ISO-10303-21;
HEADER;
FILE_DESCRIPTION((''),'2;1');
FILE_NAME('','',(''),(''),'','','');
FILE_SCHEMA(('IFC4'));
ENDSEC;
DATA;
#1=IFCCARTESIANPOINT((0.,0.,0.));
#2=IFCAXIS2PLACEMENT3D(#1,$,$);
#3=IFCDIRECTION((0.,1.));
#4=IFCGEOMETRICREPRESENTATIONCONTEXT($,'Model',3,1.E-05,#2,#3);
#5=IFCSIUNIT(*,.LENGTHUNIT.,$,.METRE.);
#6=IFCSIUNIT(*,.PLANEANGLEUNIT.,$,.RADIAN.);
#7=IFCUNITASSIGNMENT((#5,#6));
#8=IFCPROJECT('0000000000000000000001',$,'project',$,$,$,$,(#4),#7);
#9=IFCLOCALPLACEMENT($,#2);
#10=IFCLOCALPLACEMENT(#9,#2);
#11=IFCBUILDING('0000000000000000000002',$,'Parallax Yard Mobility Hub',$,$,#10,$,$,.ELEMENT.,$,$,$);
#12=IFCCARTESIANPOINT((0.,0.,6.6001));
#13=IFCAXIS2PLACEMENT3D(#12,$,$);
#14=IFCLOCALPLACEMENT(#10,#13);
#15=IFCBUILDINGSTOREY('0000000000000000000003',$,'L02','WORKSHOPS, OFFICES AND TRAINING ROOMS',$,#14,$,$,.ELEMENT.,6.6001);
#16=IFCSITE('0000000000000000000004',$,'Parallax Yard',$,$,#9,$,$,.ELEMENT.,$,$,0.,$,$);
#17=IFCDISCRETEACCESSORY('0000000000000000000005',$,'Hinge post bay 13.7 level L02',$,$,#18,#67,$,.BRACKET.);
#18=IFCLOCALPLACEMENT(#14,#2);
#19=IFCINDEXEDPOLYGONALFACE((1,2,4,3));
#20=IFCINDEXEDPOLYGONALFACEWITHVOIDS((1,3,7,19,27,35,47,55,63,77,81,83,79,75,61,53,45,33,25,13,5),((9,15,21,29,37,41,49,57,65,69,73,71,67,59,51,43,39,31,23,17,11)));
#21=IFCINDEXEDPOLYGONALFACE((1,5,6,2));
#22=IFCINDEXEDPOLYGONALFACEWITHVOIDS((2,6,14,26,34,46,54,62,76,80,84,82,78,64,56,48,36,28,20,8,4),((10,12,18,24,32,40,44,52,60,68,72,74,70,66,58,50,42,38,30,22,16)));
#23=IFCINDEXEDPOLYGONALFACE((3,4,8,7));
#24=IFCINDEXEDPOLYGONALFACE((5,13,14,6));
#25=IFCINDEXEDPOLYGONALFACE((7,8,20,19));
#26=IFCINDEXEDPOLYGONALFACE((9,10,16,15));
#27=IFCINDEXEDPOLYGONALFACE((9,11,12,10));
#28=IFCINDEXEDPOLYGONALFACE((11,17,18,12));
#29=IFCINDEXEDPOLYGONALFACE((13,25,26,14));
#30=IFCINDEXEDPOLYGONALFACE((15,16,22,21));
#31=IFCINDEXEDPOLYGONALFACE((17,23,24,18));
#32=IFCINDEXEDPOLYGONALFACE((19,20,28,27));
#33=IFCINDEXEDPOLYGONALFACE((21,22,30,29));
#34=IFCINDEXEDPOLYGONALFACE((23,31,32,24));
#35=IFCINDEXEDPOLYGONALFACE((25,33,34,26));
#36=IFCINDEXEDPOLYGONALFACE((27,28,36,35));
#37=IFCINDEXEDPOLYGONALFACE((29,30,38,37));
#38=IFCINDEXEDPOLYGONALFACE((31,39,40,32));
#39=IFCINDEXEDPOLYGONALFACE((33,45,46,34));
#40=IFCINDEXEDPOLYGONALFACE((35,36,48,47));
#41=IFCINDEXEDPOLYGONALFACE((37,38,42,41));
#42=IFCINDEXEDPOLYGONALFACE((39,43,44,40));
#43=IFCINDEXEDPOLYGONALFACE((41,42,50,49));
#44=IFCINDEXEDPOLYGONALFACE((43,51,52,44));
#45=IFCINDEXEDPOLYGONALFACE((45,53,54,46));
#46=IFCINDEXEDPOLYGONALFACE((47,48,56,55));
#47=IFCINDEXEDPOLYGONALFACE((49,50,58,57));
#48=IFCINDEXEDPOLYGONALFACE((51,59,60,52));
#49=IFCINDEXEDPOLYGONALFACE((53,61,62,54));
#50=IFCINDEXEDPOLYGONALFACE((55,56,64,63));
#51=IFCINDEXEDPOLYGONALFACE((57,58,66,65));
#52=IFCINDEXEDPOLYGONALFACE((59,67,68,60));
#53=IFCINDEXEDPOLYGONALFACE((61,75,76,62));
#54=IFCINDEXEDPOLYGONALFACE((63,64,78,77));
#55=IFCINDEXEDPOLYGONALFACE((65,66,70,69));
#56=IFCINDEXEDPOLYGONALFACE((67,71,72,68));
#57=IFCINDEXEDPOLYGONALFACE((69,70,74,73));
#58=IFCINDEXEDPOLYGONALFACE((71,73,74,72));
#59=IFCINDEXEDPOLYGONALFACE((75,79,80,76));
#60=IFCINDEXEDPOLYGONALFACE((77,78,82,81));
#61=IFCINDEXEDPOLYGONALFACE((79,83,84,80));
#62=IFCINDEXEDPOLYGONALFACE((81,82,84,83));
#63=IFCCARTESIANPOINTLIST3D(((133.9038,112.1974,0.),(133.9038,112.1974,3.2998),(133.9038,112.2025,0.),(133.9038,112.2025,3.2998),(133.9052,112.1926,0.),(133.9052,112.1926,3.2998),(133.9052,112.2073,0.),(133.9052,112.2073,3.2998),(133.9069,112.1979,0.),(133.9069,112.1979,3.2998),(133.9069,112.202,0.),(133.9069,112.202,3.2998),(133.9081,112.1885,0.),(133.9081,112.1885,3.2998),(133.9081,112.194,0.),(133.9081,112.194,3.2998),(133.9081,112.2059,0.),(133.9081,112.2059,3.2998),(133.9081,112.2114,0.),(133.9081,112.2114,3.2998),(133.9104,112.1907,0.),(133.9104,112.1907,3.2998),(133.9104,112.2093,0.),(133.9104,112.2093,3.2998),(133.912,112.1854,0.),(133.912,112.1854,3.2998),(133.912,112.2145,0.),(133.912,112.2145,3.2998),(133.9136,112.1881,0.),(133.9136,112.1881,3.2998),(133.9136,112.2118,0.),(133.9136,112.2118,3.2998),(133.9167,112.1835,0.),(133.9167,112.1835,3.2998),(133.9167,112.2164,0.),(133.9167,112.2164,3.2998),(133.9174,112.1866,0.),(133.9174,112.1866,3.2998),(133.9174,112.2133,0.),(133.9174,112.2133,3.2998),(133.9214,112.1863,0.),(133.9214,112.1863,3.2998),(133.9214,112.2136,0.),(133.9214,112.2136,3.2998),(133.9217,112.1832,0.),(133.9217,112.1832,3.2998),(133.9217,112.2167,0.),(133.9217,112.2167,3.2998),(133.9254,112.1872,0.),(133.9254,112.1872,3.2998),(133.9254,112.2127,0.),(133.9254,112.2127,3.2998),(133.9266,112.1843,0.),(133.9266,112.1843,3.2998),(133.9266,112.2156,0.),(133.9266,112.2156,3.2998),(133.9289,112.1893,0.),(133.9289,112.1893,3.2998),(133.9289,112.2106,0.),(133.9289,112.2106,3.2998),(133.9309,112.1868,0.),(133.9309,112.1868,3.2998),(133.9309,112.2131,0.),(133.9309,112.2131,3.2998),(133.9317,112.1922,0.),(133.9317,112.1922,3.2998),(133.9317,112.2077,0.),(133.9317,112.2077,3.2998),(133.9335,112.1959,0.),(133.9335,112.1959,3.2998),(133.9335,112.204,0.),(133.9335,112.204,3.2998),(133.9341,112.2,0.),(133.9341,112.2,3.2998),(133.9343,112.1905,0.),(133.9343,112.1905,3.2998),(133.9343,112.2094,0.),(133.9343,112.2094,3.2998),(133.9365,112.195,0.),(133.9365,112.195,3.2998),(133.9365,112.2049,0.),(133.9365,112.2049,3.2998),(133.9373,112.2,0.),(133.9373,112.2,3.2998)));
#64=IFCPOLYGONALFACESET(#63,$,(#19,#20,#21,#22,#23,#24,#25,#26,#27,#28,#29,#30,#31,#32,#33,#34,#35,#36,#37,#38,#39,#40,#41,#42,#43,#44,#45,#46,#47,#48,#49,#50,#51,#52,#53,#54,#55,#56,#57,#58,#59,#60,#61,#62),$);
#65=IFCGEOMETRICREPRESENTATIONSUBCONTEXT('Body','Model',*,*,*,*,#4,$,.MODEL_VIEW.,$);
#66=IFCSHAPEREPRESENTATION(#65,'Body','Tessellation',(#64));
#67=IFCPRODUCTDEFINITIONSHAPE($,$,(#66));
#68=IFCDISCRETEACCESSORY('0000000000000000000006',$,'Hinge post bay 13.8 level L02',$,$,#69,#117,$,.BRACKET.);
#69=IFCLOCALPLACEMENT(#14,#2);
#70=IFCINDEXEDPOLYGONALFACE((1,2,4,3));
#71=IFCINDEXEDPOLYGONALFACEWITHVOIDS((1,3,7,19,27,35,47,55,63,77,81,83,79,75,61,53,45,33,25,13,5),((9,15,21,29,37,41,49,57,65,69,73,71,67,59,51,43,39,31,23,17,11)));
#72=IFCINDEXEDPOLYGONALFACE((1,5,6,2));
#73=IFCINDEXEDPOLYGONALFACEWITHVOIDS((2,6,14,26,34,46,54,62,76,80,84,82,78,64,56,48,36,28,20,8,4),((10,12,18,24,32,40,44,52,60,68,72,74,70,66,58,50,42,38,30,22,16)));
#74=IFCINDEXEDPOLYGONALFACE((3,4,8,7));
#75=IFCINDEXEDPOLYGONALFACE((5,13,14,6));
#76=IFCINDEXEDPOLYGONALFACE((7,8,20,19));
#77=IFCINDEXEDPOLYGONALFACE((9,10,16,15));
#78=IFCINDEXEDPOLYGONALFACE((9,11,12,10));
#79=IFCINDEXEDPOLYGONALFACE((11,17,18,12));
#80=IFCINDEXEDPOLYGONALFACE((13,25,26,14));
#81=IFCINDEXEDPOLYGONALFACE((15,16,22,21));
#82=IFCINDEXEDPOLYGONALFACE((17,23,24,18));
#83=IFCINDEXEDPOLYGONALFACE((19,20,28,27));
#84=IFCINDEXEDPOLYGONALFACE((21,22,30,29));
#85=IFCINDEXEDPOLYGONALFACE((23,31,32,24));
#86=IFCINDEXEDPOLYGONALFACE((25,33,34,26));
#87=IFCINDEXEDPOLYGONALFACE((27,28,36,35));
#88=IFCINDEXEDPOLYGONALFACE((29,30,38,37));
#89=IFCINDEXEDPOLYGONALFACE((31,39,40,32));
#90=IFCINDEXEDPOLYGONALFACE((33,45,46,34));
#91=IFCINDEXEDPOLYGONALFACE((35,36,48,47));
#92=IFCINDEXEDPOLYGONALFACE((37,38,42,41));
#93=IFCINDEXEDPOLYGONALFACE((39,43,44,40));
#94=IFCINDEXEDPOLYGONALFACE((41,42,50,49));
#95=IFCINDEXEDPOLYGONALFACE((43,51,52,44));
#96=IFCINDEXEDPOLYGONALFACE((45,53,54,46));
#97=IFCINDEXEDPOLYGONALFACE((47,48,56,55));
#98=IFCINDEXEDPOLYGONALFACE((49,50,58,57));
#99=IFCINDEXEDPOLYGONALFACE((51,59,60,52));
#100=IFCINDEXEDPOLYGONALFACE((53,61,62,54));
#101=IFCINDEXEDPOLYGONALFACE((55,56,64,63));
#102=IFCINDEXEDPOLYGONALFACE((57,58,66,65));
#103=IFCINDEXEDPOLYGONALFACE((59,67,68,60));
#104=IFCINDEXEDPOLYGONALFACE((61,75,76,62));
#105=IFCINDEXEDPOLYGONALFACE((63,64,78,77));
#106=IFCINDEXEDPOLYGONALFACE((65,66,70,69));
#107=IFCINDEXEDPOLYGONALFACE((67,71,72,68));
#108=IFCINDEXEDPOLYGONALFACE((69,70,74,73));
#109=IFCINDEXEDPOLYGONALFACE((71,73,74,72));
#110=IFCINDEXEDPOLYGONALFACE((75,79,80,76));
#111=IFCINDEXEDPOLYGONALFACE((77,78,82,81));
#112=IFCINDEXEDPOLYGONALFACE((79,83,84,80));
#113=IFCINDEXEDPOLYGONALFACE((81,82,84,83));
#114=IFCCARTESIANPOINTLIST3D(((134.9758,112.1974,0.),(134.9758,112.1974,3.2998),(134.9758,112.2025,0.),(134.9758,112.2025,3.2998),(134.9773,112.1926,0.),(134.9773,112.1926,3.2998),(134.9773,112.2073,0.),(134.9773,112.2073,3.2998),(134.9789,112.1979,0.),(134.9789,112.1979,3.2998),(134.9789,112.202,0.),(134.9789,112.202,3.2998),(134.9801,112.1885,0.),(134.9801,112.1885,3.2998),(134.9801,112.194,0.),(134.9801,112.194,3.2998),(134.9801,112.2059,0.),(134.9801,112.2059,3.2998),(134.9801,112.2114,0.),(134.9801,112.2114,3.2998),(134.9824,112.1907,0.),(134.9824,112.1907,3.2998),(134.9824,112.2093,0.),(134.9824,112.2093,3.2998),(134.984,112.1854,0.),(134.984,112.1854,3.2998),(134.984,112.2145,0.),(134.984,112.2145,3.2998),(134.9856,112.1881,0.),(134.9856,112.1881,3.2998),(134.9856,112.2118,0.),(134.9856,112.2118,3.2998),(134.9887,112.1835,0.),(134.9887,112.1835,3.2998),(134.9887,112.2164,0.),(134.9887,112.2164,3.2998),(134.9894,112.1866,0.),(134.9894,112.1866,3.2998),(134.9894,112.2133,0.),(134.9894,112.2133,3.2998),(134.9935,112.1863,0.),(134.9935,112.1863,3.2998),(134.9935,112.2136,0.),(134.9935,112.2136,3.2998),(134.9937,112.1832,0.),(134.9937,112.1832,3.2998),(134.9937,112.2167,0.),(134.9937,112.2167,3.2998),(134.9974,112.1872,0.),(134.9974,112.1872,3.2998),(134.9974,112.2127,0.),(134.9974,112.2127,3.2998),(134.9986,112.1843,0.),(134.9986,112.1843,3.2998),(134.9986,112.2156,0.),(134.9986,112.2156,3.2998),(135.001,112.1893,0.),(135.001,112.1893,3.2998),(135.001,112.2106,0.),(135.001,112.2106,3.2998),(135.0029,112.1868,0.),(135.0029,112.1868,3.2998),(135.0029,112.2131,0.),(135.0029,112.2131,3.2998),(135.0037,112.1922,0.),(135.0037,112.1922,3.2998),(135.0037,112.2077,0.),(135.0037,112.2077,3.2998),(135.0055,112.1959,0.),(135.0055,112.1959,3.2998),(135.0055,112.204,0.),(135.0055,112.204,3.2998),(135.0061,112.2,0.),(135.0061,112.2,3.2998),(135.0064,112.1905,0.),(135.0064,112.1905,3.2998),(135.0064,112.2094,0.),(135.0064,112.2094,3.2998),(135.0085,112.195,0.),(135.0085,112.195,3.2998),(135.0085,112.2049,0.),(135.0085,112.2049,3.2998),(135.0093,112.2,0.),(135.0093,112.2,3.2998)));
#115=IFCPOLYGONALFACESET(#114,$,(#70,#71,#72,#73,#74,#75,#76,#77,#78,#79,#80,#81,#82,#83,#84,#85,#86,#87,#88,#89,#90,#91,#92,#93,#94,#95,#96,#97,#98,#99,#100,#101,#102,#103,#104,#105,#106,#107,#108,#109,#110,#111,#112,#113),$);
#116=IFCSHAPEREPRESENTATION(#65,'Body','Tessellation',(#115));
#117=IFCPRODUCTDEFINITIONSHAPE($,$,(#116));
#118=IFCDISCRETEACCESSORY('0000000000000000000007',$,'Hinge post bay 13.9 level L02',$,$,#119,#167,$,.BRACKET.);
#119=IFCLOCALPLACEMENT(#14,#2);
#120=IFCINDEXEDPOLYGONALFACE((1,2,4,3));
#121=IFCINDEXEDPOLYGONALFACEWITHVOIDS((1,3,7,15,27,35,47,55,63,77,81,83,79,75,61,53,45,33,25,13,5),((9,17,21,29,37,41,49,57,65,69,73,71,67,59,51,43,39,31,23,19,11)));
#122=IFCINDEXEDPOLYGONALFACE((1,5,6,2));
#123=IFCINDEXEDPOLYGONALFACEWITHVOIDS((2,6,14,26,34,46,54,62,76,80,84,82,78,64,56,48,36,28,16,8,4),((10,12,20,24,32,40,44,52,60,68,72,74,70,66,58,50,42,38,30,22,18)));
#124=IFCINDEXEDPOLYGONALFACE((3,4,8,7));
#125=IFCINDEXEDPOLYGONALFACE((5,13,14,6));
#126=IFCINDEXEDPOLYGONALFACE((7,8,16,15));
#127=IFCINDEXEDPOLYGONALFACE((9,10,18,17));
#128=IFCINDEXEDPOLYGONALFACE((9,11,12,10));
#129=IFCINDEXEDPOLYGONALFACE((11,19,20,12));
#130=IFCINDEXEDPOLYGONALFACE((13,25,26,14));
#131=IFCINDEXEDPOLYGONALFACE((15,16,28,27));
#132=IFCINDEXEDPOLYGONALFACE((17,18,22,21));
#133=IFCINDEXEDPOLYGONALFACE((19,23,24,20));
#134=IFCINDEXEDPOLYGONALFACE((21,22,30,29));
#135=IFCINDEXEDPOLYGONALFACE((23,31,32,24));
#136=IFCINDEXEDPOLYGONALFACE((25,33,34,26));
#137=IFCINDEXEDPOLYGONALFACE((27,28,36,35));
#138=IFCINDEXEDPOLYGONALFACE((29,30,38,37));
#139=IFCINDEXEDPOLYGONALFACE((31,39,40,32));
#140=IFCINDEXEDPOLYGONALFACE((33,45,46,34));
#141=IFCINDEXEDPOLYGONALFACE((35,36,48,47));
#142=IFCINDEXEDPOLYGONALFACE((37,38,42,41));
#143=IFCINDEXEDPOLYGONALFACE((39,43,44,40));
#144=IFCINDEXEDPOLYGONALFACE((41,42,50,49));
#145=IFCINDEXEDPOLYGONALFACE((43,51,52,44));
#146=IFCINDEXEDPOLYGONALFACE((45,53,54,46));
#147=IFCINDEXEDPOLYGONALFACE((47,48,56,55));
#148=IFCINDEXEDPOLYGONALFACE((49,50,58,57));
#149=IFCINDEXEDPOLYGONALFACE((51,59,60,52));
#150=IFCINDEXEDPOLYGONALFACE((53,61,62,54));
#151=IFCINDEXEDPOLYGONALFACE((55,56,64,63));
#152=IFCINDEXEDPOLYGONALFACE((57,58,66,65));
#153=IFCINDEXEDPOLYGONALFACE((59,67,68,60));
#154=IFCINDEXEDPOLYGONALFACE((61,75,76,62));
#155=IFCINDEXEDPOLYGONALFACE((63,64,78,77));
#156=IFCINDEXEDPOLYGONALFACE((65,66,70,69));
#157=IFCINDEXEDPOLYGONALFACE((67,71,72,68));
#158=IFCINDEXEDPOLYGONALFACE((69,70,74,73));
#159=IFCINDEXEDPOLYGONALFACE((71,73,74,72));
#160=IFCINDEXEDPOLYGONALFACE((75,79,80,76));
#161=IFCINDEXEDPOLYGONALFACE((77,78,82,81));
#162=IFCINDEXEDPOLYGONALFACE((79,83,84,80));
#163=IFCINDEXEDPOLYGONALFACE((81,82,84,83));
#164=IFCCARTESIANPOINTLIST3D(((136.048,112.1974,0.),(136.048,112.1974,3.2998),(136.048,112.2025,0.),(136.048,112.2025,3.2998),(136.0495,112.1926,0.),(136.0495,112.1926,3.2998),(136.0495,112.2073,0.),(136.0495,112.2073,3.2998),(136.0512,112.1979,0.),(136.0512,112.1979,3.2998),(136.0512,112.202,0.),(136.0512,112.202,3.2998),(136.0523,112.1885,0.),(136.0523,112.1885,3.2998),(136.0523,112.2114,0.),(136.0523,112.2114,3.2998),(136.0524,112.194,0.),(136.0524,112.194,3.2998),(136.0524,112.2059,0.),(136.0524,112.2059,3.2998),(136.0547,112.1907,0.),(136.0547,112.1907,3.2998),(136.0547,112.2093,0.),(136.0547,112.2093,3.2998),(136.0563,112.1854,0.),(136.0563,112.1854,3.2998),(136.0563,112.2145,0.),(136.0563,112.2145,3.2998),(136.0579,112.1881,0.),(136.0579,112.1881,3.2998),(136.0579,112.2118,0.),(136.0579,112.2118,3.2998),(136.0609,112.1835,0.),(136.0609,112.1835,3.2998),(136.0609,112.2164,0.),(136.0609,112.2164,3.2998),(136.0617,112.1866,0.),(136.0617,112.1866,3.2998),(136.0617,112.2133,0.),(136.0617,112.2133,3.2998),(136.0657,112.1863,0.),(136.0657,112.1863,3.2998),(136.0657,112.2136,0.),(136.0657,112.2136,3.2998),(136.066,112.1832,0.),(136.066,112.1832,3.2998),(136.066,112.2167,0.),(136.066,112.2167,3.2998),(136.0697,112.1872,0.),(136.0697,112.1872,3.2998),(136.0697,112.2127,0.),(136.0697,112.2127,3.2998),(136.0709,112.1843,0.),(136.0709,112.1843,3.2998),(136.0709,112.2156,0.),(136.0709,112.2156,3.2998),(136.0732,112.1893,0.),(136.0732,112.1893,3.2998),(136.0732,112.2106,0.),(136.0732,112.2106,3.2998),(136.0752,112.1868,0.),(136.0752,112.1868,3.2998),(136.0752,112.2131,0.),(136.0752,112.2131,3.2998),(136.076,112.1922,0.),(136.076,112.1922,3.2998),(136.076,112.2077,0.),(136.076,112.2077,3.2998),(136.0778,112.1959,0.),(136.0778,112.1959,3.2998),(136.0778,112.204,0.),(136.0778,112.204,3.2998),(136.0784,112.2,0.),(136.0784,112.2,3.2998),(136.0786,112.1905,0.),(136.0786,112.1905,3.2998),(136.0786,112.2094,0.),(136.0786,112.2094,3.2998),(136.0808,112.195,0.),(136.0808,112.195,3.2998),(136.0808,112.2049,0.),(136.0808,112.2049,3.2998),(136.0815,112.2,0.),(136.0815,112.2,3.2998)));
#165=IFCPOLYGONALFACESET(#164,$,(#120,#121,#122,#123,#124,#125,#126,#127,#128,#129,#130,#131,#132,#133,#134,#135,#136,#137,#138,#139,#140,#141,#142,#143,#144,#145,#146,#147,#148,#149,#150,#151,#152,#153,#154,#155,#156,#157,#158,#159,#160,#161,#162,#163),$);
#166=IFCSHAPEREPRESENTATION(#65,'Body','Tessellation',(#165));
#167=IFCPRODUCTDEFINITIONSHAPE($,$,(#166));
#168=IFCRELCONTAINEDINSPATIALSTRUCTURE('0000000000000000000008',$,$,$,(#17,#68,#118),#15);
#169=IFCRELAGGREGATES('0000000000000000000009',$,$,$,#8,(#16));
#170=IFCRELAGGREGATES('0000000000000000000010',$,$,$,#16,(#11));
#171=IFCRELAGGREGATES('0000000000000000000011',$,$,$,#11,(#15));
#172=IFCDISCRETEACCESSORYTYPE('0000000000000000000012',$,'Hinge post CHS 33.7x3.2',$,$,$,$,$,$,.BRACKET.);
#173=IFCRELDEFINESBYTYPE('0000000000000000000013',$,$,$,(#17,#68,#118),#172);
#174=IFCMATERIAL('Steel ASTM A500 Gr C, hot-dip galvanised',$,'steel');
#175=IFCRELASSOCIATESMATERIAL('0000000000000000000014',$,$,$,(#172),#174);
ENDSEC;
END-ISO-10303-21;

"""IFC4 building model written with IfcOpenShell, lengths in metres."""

from ifc_helpers import new_model, si_unit, direction, frame, origin, origin_2d, place, context, subcontext, project, spatial, hollow_circle, extrude, material, material_profile, profile_set, type_object, element, save


model = new_model("IFC4")

# Units and contexts
model_context = context("Model", 3, precision=1e-05, world=origin(), true_north=direction((0.0, 1.0)))
body_context = subcontext(model_context, "Body", "Model", "MODEL_VIEW")
ifc_project = project(units=[si_unit("LENGTHUNIT", "METRE"), si_unit("PLANEANGLEUNIT", "RADIAN")], contexts=[model_context])

# Site, building, storey
site_placement = place(None, origin())
site = spatial("IfcSite", under=ifc_project, at=site_placement, Name="Parallax Yard", CompositionType="ELEMENT", RefElevation=0.0)
building_placement = place(site_placement, origin())
building = spatial("IfcBuilding", under=site, at=building_placement, Name="Parallax Yard Mobility Hub", CompositionType="ELEMENT")
storey_placement = place(building_placement, frame((0.0, 0.0, 6.6001)))
storey = spatial("IfcBuildingStorey", under=building, at=storey_placement, Name="L02", Description="WORKSHOPS, OFFICES AND TRAINING ROOMS", CompositionType="ELEMENT", Elevation=6.6001)

# Discrete accessories
ifc_material_1 = material(Name="Steel ASTM A500 Gr C, hot-dip galvanised", Category="steel")
ifc_material_profile_1 = material_profile(ifc_material_1, hollow_circle(Radius=0.0168, WallThickness=0.0032, at=origin_2d()), Name="CHS 33.7x3.2")
ifc_profile_set_1 = profile_set([ifc_material_profile_1], Name="Steel ASTM A500 Gr C, hot-dip galvanised")
discrete_accessory_type_1 = type_object("IfcDiscreteAccessoryType", Name="Hinge post CHS 33.7x3.2", PredefinedType="BRACKET", material=ifc_profile_set_1)
for number, where, z_axis, x_axis, name in (
    (1, (133.9204, 112.2, 0.0), (0.0, 0.0, 1.0), (1.0, 0.0, 0.0), "Hinge post bay 13.7 level L02"),
    (2, (134.9924, 112.2, 0.0), (0.0, 0.0, 1.0), (1.0, 0.0, 0.0), "Hinge post bay 13.8 level L02"),
    (3, (136.0647, 112.2, 0.0), (0.0, 0.0, 1.0), (1.0, 0.0, 0.0), "Hinge post bay 13.9 level L02"),
):
    element("IfcDiscreteAccessory", number, at=place(storey_placement, frame(where, z_axis=z_axis, x_axis=x_axis)), inside=storey, type_object=discrete_accessory_type_1, Name=name, PredefinedType="BRACKET", context=body_context, shape_type="SweptSolid", body=[
        extrude(hollow_circle(Radius=0.0168, WallThickness=0.0032, at=origin_2d()), origin(), (0.0, 0.0, 1.0), 3.2998),
    ])

save(model, "model.ifc")
